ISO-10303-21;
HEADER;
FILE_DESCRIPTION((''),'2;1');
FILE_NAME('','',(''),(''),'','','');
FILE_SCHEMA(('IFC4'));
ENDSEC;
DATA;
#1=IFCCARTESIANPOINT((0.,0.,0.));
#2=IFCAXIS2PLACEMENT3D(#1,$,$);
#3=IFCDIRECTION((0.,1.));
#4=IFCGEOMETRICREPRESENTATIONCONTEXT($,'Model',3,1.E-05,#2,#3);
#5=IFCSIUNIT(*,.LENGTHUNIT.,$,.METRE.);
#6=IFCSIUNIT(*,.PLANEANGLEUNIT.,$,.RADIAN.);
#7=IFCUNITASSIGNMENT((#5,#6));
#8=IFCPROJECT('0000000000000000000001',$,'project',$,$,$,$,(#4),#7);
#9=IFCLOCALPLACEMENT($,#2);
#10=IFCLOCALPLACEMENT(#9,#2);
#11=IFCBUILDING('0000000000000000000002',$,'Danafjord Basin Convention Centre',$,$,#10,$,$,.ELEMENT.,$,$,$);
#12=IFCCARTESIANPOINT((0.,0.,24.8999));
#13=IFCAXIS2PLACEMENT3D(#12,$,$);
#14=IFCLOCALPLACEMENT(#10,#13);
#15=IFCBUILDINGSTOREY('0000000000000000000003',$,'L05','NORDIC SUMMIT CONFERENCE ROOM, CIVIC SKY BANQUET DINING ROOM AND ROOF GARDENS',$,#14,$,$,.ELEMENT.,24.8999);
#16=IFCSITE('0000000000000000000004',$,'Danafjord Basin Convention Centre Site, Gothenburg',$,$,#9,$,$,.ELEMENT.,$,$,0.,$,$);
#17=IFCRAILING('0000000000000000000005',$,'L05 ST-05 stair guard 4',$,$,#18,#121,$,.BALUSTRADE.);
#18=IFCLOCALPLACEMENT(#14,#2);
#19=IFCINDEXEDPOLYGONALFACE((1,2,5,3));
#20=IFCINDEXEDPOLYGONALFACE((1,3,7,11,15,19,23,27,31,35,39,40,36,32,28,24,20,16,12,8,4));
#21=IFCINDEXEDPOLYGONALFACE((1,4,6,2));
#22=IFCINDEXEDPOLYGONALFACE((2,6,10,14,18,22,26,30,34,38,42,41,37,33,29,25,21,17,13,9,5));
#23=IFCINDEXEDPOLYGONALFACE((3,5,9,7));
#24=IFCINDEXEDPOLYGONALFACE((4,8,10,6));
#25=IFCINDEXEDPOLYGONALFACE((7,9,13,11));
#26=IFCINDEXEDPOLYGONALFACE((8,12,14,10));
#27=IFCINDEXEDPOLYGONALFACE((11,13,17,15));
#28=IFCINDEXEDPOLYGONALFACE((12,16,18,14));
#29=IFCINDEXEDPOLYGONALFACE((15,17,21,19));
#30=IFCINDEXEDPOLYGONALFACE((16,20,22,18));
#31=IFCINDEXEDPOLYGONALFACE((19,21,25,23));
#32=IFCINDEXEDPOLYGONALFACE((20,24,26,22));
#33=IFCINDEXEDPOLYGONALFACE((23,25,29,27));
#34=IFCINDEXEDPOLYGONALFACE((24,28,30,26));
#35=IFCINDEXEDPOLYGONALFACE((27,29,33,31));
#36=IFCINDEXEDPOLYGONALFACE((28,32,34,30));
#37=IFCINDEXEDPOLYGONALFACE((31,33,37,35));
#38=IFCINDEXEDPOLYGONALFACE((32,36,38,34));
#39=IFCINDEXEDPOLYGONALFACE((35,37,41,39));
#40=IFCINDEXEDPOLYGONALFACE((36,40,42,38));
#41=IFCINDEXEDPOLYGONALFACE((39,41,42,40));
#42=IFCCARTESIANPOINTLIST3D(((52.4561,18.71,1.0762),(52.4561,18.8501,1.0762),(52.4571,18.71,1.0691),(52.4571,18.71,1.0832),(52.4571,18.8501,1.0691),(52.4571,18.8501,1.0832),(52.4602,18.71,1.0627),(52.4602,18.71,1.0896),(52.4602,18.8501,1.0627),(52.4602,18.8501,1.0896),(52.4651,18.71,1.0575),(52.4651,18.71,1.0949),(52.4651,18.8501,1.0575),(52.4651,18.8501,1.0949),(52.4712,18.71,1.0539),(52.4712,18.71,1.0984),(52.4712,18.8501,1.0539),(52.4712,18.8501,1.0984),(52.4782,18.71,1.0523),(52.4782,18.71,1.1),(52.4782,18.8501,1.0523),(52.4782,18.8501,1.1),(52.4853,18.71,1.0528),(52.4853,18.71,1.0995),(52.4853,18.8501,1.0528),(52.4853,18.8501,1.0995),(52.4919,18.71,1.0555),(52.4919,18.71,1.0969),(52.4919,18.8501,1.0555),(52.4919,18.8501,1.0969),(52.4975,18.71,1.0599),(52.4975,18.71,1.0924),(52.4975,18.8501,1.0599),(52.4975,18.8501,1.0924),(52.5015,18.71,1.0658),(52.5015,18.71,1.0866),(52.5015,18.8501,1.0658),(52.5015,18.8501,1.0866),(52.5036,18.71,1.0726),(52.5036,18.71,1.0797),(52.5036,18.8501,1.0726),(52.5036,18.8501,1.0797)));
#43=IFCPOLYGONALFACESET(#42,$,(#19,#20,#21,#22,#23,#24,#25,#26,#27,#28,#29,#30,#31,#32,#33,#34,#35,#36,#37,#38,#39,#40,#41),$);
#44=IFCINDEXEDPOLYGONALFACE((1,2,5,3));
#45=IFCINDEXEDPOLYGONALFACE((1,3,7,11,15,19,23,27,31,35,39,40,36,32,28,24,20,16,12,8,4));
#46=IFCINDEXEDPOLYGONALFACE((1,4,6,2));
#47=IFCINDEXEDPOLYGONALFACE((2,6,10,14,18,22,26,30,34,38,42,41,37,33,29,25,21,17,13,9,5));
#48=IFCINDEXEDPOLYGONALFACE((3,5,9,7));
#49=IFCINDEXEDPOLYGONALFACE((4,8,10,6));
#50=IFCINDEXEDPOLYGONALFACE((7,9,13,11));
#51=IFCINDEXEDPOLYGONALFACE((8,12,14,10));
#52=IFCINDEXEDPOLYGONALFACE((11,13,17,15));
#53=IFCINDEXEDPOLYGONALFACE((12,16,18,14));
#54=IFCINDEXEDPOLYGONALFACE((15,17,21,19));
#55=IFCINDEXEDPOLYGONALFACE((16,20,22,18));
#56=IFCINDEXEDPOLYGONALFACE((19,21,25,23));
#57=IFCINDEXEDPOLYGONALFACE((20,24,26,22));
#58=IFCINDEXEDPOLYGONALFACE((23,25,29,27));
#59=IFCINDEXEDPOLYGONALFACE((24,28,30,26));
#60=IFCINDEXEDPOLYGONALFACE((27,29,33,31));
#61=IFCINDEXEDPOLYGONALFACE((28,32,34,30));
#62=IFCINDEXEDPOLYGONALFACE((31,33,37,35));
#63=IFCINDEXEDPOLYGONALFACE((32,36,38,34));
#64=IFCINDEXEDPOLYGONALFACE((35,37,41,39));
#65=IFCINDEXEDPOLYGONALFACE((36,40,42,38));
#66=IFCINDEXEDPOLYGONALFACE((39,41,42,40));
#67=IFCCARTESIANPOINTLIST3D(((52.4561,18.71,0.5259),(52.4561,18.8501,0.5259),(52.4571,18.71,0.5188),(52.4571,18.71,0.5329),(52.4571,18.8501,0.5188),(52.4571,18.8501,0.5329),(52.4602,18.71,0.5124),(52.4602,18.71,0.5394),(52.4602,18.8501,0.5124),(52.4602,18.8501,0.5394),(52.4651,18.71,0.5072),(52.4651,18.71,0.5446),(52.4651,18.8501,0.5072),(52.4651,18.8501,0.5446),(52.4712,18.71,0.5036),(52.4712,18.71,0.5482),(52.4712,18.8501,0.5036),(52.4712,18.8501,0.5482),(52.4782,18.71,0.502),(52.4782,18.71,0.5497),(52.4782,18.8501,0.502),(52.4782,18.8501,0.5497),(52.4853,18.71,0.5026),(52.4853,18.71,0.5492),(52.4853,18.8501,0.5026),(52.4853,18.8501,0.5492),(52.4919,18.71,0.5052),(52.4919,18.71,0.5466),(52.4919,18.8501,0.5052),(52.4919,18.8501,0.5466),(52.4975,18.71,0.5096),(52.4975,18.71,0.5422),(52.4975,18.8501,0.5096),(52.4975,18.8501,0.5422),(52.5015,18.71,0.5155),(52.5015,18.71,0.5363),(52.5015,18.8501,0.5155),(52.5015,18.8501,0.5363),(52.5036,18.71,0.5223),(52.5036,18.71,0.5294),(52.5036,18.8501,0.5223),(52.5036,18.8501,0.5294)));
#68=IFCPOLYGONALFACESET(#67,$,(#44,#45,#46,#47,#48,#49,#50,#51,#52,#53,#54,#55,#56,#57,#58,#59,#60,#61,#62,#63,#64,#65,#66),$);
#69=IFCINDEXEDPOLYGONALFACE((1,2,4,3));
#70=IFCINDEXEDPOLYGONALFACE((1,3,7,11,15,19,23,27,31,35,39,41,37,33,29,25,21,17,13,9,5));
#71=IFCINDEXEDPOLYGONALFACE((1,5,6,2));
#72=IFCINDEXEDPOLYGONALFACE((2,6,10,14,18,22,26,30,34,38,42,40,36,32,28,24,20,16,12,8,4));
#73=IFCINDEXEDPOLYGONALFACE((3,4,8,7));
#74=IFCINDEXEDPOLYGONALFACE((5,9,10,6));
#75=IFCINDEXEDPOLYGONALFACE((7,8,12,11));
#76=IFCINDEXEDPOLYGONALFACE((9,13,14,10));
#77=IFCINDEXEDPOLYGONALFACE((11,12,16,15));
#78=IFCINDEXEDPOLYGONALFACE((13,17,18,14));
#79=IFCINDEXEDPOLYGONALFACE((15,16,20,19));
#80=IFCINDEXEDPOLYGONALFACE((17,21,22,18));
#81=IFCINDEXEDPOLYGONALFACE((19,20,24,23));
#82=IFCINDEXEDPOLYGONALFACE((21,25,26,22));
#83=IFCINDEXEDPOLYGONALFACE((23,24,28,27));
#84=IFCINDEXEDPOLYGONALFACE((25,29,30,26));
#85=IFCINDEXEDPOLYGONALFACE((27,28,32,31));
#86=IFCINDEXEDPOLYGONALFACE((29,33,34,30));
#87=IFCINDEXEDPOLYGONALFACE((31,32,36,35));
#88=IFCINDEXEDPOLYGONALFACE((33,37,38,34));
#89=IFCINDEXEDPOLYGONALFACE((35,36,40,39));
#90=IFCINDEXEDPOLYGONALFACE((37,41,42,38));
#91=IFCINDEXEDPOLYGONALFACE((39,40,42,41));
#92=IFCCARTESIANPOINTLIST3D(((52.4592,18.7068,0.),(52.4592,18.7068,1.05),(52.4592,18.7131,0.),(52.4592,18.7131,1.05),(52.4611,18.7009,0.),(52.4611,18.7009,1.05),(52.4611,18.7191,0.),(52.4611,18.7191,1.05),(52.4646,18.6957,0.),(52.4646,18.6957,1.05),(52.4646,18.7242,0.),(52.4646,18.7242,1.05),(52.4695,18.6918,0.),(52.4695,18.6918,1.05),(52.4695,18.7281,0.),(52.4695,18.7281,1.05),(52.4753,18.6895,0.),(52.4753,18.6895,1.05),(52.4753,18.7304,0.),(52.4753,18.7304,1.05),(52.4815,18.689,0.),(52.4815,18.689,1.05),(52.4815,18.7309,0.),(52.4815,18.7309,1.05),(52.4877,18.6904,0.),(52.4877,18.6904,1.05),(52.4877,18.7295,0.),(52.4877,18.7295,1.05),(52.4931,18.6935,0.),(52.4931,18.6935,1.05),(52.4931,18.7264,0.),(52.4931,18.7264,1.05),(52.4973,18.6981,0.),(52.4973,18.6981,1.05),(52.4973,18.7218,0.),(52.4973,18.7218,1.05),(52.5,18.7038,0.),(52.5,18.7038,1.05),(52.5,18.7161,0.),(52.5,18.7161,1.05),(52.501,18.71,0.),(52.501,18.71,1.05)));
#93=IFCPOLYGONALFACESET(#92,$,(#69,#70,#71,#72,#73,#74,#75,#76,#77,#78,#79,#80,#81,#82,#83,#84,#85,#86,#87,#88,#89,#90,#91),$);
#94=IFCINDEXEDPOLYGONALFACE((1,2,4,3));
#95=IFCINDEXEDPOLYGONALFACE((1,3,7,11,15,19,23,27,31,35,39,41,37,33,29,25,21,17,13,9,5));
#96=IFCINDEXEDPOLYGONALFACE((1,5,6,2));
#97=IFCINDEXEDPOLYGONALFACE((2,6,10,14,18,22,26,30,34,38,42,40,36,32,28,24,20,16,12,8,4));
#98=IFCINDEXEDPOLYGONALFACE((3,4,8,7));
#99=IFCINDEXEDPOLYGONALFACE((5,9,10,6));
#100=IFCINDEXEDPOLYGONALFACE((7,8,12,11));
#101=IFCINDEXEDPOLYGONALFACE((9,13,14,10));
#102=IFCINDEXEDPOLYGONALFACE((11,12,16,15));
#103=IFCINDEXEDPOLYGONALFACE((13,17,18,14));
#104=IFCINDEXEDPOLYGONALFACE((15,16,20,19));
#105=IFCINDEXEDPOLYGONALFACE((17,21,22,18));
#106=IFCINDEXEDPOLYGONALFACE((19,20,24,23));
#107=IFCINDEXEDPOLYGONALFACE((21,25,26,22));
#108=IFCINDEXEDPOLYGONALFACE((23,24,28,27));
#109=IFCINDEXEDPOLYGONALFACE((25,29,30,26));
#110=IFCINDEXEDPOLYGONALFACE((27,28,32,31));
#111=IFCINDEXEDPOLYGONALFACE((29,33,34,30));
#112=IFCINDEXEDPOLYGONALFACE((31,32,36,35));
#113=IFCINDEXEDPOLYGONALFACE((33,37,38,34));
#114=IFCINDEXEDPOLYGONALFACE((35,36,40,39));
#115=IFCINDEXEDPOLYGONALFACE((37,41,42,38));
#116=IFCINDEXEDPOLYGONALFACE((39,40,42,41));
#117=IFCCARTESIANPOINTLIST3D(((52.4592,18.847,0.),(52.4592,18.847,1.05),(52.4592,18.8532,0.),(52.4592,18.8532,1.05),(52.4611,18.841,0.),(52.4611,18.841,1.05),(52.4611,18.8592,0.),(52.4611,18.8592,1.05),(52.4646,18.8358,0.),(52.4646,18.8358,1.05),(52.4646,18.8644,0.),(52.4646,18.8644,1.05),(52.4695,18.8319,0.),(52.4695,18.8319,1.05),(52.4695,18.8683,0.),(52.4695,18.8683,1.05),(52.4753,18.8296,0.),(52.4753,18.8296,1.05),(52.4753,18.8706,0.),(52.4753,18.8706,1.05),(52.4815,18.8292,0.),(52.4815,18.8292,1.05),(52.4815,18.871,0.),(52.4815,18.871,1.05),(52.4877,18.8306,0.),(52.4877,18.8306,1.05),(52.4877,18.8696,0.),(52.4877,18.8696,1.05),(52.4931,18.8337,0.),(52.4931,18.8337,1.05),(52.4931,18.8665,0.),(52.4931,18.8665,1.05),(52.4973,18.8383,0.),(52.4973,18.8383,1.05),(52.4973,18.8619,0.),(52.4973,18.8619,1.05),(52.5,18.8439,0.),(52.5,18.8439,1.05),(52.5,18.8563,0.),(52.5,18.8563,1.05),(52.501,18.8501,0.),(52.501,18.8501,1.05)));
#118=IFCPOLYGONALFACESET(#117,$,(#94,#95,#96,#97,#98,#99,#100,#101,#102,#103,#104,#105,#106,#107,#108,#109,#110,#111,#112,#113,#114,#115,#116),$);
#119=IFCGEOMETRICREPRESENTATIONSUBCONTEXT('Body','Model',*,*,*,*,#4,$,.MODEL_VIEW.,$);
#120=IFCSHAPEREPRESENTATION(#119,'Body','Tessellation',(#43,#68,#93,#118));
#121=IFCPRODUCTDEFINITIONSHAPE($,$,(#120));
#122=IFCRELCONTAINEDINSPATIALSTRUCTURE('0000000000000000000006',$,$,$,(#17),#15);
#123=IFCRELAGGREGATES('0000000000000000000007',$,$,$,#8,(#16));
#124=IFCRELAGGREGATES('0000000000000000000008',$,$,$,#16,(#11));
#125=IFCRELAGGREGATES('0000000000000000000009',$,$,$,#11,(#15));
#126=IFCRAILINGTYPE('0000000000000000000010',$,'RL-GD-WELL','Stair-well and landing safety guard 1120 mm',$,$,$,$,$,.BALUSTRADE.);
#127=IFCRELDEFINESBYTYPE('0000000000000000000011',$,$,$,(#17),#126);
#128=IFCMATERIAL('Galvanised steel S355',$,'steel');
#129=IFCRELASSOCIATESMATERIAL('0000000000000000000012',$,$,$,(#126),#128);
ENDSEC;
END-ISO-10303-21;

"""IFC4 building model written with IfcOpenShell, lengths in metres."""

from ifc_helpers import new_model, si_unit, direction, frame, origin, origin_2d, place, context, subcontext, project, spatial, circle, extrude, material, type_object, element, save


model = new_model("IFC4")

# Units and contexts
model_context = context("Model", 3, precision=1e-05, world=origin(), true_north=direction((0.0, 1.0)))
body_context = subcontext(model_context, "Body", "Model", "MODEL_VIEW")
ifc_project = project(units=[si_unit("LENGTHUNIT", "METRE"), si_unit("PLANEANGLEUNIT", "RADIAN")], contexts=[model_context])

# Site, building, storey
site_placement = place(None, origin())
site = spatial("IfcSite", under=ifc_project, at=site_placement, Name="Danafjord Basin Convention Centre Site, Gothenburg", CompositionType="ELEMENT", RefElevation=0.0)
building_placement = place(site_placement, origin())
building = spatial("IfcBuilding", under=site, at=building_placement, Name="Danafjord Basin Convention Centre", CompositionType="ELEMENT")
storey_placement = place(building_placement, frame((0.0, 0.0, 24.8999)))
storey = spatial("IfcBuildingStorey", under=building, at=storey_placement, Name="L05", Description="NORDIC SUMMIT CONFERENCE ROOM, CIVIC SKY BANQUET DINING ROOM AND ROOF GARDENS", CompositionType="ELEMENT", Elevation=24.8999)

# Railing
ifc_material_1 = material(Name="Galvanised steel S355", Category="steel")
railing_type_1 = type_object("IfcRailingType", Name="RL-GD-WELL", Description="Stair-well and landing safety guard 1120 mm", PredefinedType="BALUSTRADE", material=ifc_material_1)
railing_1_placement = place(storey_placement, frame((52.48, 18.71, 0.0)))
element("IfcRailing", 1, at=railing_1_placement, inside=storey, type_object=railing_type_1, Name="L05 ST-05 stair guard 4", PredefinedType="BALUSTRADE", context=body_context, shape_type="SweptSolid", body=[
    extrude(circle(Radius=0.0239, at=origin_2d()), frame((0.0, 0.0, 1.0762), z_axis=(0.0, 1.0, 0.0), x_axis=(-1.0, 0.0, 0.0)), (0.0, 0.0, 1.0), 0.1401),
    extrude(circle(Radius=0.0239, at=origin_2d()), frame((0.0, 0.0, 0.5259), z_axis=(0.0, 1.0, 0.0), x_axis=(-1.0, 0.0, 0.0)), (0.0, 0.0, 1.0), 0.1401),
    extrude(circle(Radius=0.021, at=origin_2d()), origin(), (0.0, 0.0, 1.0), 1.05),
    extrude(circle(Radius=0.021, at=origin_2d()), frame((0.0, 0.1401, 0.0)), (0.0, 0.0, 1.0), 1.05),
])

save(model, "model.ifc")
